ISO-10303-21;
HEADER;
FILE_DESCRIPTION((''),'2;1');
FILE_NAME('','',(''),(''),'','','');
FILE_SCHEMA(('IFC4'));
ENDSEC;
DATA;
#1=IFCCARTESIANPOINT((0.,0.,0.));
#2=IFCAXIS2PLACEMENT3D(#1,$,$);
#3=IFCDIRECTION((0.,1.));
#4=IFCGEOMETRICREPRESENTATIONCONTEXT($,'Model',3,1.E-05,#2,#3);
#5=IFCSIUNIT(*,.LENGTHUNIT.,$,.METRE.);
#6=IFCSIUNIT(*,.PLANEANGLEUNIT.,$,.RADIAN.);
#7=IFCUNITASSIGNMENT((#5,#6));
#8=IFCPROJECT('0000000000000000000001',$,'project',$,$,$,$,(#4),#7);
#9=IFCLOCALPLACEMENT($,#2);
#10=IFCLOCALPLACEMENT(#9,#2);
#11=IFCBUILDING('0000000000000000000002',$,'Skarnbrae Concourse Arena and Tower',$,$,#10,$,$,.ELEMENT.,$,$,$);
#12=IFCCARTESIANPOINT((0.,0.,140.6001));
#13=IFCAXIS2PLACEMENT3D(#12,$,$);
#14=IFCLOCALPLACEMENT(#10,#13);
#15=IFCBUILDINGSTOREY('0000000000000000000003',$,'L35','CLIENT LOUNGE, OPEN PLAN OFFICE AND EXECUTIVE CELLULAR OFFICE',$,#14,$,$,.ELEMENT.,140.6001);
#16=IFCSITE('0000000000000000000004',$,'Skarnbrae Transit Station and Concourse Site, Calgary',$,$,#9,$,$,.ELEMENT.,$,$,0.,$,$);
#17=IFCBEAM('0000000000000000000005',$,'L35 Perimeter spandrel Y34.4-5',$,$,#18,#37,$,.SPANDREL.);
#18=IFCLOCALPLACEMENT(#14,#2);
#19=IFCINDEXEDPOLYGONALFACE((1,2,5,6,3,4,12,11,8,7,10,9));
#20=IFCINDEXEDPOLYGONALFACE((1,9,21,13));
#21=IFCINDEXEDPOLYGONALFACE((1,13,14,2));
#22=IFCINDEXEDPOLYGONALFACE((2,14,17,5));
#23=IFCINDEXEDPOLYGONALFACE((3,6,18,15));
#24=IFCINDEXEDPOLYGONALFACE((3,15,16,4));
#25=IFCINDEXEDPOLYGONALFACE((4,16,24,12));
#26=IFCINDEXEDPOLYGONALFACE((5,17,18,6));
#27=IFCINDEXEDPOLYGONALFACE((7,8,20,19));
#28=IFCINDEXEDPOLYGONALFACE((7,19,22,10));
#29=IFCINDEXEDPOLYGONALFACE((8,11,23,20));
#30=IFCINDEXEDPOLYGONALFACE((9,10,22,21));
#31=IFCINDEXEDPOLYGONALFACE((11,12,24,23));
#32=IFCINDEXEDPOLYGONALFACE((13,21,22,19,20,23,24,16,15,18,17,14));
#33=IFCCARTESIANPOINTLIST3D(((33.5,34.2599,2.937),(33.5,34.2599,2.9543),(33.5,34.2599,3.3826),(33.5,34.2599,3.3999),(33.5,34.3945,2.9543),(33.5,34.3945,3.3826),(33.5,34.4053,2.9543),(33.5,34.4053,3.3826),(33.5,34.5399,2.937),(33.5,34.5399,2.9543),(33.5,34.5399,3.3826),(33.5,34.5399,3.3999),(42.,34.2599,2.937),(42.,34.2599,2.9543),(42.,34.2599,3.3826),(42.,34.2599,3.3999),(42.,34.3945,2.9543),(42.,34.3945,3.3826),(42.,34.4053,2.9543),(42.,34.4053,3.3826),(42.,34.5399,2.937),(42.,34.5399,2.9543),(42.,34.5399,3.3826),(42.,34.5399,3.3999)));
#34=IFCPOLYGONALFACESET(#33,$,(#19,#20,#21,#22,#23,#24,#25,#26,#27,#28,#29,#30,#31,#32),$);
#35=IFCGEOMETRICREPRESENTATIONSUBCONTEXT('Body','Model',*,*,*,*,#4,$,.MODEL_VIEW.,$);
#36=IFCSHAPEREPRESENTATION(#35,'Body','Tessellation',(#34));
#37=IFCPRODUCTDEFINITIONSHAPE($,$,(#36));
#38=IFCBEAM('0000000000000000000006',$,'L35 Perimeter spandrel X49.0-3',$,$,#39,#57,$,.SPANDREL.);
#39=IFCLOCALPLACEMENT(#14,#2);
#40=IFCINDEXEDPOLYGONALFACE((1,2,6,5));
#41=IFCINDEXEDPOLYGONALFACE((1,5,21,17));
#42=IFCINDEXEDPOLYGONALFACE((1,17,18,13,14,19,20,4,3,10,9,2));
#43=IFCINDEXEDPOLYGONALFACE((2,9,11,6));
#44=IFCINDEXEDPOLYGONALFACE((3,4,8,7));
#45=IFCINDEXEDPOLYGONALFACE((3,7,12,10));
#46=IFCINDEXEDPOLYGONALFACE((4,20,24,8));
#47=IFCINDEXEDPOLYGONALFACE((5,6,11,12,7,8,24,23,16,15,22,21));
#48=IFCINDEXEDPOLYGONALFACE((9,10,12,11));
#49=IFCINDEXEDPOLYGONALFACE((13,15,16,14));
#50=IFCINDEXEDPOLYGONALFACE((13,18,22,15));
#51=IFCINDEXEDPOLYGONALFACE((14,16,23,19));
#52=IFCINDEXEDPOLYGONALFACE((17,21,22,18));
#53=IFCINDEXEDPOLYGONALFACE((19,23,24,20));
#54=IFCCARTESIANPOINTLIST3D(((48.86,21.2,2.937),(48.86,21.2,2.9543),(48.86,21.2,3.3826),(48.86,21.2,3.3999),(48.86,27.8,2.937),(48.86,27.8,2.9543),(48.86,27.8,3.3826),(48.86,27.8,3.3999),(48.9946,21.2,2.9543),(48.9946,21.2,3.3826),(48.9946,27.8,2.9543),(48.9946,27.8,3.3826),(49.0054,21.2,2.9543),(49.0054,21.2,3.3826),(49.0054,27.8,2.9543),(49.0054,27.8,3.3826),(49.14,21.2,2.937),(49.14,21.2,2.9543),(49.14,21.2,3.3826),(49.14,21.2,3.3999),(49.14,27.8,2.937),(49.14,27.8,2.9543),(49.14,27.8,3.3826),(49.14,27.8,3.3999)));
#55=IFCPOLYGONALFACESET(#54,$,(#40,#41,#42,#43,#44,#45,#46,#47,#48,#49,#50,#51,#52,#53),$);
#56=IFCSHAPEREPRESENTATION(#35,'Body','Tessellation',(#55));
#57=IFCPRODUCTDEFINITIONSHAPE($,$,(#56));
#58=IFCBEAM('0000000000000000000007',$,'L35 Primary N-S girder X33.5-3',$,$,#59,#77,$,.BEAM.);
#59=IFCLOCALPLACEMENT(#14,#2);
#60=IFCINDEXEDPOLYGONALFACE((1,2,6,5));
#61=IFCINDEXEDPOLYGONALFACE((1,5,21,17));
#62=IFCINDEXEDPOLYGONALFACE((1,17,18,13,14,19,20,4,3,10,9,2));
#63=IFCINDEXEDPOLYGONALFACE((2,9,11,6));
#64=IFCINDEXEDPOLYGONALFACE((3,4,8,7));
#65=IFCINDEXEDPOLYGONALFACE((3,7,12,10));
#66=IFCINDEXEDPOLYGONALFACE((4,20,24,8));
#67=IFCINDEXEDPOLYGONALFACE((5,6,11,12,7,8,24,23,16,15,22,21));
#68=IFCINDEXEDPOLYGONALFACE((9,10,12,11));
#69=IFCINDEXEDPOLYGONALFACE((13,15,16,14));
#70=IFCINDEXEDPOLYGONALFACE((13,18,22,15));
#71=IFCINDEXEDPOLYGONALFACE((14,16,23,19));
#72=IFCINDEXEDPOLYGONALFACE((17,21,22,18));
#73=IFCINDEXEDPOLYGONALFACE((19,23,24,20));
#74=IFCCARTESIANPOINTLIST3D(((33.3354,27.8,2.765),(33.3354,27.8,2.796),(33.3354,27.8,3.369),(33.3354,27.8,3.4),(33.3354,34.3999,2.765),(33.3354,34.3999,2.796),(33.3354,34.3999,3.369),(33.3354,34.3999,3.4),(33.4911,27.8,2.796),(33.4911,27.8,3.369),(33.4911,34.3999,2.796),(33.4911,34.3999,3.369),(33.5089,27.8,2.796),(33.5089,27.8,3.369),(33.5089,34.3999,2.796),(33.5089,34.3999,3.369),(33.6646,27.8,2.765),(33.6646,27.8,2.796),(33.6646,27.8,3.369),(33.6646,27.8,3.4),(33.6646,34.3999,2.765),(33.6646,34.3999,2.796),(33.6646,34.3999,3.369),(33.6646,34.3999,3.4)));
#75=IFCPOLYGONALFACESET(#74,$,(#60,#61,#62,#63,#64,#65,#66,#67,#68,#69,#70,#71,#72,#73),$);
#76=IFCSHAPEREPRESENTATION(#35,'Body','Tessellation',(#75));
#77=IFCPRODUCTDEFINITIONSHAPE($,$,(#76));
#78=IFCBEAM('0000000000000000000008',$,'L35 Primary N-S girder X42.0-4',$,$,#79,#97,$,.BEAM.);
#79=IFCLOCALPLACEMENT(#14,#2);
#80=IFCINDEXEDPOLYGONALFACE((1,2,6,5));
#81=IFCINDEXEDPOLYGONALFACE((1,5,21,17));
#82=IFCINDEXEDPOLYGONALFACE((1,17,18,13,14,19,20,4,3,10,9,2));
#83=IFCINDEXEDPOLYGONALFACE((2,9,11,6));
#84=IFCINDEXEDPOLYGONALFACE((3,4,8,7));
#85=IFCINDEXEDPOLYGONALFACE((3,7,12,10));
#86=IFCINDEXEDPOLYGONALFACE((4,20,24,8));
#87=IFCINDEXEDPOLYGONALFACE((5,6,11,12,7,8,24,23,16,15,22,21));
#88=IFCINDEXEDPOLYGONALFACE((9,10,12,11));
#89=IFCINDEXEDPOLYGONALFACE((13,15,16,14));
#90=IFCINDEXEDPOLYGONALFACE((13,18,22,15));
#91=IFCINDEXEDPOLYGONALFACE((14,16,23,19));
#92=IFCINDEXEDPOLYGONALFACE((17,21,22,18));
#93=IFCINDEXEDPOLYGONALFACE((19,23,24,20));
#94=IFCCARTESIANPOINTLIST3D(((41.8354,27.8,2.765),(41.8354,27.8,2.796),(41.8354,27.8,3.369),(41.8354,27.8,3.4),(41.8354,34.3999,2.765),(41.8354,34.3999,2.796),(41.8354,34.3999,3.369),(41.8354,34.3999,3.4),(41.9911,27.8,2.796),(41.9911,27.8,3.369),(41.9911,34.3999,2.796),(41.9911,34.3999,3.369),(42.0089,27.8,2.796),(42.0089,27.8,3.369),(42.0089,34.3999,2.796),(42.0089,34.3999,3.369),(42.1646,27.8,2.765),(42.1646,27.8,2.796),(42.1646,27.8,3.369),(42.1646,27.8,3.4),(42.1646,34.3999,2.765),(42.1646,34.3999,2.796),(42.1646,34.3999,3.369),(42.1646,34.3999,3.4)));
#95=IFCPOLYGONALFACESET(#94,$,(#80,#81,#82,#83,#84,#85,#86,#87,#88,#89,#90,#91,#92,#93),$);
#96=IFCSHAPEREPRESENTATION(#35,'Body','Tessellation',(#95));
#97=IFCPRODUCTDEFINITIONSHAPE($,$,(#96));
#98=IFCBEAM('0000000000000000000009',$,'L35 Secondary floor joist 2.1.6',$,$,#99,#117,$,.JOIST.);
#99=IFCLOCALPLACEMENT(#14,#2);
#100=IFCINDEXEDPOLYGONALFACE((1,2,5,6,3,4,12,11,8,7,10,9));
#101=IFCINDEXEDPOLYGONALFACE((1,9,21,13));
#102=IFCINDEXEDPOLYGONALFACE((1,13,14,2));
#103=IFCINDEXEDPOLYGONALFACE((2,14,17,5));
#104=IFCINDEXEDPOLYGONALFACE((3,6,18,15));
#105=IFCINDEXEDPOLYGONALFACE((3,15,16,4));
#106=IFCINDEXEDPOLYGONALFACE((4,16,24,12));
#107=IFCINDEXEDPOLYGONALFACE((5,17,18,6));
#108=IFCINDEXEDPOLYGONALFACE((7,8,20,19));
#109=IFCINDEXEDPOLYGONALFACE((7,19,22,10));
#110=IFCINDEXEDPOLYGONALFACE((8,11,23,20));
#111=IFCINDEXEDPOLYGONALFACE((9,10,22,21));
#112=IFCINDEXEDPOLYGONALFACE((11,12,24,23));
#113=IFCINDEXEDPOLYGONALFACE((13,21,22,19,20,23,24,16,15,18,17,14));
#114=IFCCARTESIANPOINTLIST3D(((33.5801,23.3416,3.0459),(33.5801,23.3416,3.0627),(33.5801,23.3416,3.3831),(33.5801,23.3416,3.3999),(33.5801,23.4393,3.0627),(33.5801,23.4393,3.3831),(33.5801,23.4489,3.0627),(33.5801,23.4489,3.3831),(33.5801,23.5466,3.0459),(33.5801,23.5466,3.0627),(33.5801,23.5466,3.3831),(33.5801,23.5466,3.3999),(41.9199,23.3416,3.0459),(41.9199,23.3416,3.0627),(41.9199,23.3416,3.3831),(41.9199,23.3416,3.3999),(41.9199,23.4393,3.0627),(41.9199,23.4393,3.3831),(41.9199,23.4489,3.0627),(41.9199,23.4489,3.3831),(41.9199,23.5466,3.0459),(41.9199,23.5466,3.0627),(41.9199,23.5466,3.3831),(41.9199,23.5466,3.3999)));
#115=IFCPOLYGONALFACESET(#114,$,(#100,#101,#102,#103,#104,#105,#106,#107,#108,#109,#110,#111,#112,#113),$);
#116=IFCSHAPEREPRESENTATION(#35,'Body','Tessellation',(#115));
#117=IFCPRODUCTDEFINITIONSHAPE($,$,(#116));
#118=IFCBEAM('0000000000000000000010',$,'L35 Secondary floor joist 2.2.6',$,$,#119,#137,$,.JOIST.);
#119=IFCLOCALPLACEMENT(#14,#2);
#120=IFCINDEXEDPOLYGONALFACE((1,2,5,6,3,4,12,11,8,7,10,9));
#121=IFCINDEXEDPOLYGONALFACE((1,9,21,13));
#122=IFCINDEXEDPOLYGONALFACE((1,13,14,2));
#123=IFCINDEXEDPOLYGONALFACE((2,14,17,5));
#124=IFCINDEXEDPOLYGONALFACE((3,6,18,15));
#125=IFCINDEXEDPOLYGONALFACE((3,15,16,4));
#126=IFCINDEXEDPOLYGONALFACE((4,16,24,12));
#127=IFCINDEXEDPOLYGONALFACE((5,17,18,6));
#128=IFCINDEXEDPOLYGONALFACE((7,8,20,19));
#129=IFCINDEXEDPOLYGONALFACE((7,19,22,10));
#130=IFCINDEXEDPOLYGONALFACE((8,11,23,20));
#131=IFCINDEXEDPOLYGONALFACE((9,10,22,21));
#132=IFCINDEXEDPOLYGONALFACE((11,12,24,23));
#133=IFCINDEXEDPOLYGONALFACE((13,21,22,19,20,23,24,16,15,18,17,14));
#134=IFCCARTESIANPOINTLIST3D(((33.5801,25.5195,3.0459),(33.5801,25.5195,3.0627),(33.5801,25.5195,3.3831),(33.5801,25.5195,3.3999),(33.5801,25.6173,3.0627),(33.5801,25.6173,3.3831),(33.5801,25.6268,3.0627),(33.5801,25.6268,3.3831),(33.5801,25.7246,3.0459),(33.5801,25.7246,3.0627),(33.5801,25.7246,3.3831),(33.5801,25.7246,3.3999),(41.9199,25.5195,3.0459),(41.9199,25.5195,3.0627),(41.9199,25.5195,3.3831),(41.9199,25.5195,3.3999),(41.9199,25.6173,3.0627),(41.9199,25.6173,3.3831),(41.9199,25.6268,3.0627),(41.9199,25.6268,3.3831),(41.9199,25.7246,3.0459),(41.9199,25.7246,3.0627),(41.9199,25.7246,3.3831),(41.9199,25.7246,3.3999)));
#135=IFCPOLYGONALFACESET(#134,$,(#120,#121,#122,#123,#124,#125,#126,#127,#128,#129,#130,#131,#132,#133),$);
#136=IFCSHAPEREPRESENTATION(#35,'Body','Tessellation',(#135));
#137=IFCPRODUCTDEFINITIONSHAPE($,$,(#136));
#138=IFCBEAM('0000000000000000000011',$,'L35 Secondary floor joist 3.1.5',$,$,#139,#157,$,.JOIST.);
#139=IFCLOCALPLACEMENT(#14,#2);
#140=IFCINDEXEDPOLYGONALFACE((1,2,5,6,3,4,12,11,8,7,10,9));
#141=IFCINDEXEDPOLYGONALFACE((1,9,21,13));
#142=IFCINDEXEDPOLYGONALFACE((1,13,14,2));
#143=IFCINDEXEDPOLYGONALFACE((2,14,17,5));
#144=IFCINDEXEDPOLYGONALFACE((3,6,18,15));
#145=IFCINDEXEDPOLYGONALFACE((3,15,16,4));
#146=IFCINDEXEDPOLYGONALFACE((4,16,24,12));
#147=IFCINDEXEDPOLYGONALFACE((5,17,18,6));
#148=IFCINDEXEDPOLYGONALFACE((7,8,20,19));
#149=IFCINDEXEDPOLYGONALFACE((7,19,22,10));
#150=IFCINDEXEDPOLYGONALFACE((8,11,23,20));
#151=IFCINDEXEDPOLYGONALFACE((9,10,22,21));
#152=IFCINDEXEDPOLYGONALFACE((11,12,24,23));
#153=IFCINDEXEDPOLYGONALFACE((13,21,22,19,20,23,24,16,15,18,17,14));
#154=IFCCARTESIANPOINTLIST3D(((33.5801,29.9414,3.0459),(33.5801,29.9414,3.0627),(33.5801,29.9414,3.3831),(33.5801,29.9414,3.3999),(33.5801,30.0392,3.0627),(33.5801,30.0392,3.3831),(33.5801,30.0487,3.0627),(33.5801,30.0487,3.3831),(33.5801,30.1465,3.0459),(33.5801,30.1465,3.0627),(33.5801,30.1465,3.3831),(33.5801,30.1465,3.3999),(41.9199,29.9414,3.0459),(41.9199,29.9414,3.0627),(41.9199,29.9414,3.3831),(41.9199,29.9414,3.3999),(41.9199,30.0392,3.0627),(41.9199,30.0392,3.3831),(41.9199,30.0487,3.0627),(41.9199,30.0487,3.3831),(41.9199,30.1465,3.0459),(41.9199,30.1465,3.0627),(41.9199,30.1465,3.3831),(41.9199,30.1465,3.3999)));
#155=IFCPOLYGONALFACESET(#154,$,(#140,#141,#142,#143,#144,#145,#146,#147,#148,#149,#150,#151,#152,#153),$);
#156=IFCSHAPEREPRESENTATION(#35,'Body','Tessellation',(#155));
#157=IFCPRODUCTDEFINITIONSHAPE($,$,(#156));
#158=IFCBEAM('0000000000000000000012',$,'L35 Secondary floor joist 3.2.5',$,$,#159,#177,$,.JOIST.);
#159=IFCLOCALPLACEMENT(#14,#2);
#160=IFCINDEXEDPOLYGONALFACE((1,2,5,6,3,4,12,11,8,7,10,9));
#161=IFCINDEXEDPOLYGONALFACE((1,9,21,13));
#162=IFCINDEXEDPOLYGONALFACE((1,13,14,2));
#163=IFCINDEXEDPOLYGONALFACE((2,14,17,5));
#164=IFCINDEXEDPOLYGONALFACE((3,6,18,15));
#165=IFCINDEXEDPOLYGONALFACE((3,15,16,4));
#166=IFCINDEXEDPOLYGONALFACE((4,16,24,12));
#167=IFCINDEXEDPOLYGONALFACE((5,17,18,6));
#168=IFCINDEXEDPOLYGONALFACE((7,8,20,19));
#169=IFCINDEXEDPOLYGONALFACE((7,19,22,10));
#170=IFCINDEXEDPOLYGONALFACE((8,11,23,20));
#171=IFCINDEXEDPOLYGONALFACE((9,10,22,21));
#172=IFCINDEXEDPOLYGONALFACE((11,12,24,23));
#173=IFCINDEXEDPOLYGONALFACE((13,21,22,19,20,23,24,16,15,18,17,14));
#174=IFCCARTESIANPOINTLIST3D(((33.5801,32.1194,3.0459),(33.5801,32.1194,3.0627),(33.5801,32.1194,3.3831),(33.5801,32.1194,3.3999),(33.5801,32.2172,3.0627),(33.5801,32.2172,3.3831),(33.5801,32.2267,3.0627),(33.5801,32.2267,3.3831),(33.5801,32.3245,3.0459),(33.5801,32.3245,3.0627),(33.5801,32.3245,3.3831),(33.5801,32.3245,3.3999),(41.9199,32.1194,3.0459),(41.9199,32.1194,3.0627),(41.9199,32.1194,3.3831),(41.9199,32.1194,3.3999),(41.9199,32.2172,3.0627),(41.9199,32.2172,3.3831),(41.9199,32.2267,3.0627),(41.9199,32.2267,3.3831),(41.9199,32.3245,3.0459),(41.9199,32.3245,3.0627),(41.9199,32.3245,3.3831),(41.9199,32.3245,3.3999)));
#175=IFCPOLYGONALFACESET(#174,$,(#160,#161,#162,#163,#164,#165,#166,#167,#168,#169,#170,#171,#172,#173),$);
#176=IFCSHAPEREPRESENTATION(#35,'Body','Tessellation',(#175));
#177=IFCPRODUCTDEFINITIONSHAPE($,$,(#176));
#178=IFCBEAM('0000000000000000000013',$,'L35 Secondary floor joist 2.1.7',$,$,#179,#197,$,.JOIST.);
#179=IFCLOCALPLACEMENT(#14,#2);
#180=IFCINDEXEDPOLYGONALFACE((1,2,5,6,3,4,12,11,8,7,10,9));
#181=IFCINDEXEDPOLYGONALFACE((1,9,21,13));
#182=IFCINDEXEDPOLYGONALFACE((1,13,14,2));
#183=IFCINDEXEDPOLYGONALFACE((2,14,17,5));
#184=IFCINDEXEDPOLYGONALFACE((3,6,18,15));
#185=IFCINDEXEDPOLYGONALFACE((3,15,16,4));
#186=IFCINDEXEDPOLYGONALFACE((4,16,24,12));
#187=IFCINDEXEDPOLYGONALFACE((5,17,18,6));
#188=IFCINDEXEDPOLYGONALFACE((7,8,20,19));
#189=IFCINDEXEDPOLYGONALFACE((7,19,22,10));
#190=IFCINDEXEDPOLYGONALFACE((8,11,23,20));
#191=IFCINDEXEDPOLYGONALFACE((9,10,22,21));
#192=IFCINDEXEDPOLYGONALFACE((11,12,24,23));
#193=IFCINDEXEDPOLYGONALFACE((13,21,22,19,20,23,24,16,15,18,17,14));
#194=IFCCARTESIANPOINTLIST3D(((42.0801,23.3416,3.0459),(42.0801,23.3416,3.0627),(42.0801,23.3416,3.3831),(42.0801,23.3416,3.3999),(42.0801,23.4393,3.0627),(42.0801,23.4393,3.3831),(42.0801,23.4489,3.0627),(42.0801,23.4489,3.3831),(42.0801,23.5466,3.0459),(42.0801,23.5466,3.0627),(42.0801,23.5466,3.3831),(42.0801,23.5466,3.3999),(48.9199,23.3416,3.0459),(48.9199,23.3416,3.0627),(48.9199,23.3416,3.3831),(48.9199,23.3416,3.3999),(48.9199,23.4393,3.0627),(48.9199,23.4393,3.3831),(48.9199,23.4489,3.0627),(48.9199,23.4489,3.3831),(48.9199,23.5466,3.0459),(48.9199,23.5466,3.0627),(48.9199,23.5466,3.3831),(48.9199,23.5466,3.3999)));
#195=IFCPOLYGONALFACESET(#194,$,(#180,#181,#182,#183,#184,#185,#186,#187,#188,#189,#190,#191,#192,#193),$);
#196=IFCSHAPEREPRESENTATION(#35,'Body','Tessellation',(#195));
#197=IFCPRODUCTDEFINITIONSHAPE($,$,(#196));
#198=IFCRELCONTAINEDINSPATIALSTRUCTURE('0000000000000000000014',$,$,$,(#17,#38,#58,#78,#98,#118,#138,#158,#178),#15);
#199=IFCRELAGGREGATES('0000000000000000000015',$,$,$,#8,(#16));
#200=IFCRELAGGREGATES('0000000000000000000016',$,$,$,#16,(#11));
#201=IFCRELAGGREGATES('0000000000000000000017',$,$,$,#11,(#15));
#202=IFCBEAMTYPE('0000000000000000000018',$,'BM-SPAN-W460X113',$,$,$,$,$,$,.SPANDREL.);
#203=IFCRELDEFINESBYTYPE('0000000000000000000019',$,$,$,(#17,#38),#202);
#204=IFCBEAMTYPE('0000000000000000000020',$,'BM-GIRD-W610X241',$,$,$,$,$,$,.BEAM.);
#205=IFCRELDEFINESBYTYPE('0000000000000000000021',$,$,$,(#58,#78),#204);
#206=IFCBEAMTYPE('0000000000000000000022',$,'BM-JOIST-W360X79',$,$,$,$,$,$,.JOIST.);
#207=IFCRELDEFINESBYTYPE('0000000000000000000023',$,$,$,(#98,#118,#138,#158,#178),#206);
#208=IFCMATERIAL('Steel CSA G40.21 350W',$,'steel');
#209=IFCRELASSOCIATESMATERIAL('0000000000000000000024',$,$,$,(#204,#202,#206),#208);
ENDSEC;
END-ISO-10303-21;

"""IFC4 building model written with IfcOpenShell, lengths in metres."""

from ifc_helpers import new_model, si_unit, direction, frame, origin, origin_2d, place, context, subcontext, project, spatial, i_section, extrude, source, transform, mapped, material, material_profile, profile_set, type_object, element, save


model = new_model("IFC4")

# Units and contexts
model_context = context("Model", 3, precision=1e-05, world=origin(), true_north=direction((0.0, 1.0)))
body_context = subcontext(model_context, "Body", "Model", "MODEL_VIEW")
ifc_project = project(units=[si_unit("LENGTHUNIT", "METRE"), si_unit("PLANEANGLEUNIT", "RADIAN")], contexts=[model_context])

# Site, building, storey
site_placement = place(None, origin())
site = spatial("IfcSite", under=ifc_project, at=site_placement, Name="Skarnbrae Transit Station and Concourse Site, Calgary", CompositionType="ELEMENT", RefElevation=0.0)
building_placement = place(site_placement, origin())
building = spatial("IfcBuilding", under=site, at=building_placement, Name="Skarnbrae Concourse Arena and Tower", CompositionType="ELEMENT")
storey_placement = place(building_placement, frame((0.0, 0.0, 140.6001)))
storey = spatial("IfcBuildingStorey", under=building, at=storey_placement, Name="L35", Description="CLIENT LOUNGE, OPEN PLAN OFFICE AND EXECUTIVE CELLULAR OFFICE", CompositionType="ELEMENT", Elevation=140.6001)

# Shared definitions
ifc_material_1 = material(Name="Steel CSA G40.21 350W", Category="steel")

# Beams
ifc_material_profile_1 = material_profile(ifc_material_1, i_section(OverallWidth=0.3291, OverallDepth=0.635, WebThickness=0.0178, FlangeThickness=0.031, at=origin_2d()), Name="W610X241")
ifc_profile_set_1 = profile_set([ifc_material_profile_1], Name="Steel CSA G40.21 350W")
beam_type_1 = type_object("IfcBeamType", Name="BM-GIRD-W610X241", PredefinedType="BEAM", material=ifc_profile_set_1)
ifc_material_profile_2 = material_profile(ifc_material_1, i_section(OverallWidth=0.28, OverallDepth=0.4629, WebThickness=0.0107, FlangeThickness=0.0173, at=origin_2d()), Name="W460X113")
ifc_profile_set_2 = profile_set([ifc_material_profile_2], Name="Steel CSA G40.21 350W")
beam_type_2 = type_object("IfcBeamType", Name="BM-SPAN-W460X113", PredefinedType="SPANDREL", material=ifc_profile_set_2)
shared_shape_1 = source(origin(), body_context, "Body", "SweptSolid", [
    extrude(i_section(OverallWidth=0.28, OverallDepth=0.4629, WebThickness=0.0107, FlangeThickness=0.0173, at=origin_2d()), origin(), (0.0, 0.0, 1.0), 8.5),
])
beam_1_placement = place(storey_placement, frame((33.5, 34.3999, 3.1685), z_axis=(1.0, 0.0, 0.0), x_axis=(0.0, 1.0, 0.0)))
element("IfcBeam", 1, at=beam_1_placement, inside=storey, type_object=beam_type_2, Name="L35 Perimeter spandrel Y34.4-5", PredefinedType="SPANDREL", context=body_context, shape_type="MappedRepresentation", body=[
    mapped(shared_shape_1, transform((0.0, 0.0, 0.0))),
])
shared_shape_2 = source(origin(), body_context, "Body", "SweptSolid", [
    extrude(i_section(OverallWidth=0.28, OverallDepth=0.4629, WebThickness=0.0107, FlangeThickness=0.0173, at=origin_2d()), origin(), (0.0, 0.0, 1.0), 6.6001),
])
beam_2_placement = place(storey_placement, frame((49.0, 21.2, 3.1685), z_axis=(0.0, 1.0, 0.0), x_axis=(-1.0, 0.0, 0.0)))
element("IfcBeam", 2, at=beam_2_placement, inside=storey, type_object=beam_type_2, Name="L35 Perimeter spandrel X49.0-3", PredefinedType="SPANDREL", context=body_context, shape_type="MappedRepresentation", body=[
    mapped(shared_shape_2, transform((0.0, 0.0, 0.0))),
])
shared_shape_3 = source(origin(), body_context, "Body", "SweptSolid", [
    extrude(i_section(OverallWidth=0.3291, OverallDepth=0.635, WebThickness=0.0178, FlangeThickness=0.031, at=origin_2d()), origin(), (0.0, 0.0, 1.0), 6.5999),
])
for number, where, z_axis, x_axis, name in (
    (3, (33.5, 27.8, 3.0825), (0.0, 1.0, 0.0), (-1.0, 0.0, 0.0), "L35 Primary N-S girder X33.5-3"),
    (4, (42.0, 27.8, 3.0825), (0.0, 1.0, 0.0), (-1.0, 0.0, 0.0), "L35 Primary N-S girder X42.0-4"),
):
    element("IfcBeam", number, at=place(storey_placement, frame(where, z_axis=z_axis, x_axis=x_axis)), inside=storey, type_object=beam_type_1, Name=name, PredefinedType="BEAM", context=body_context, shape_type="MappedRepresentation", body=[
        mapped(shared_shape_3, transform((0.0, 0.0, 0.0))),
    ])
ifc_material_profile_3 = material_profile(ifc_material_1, i_section(OverallWidth=0.2051, OverallDepth=0.354, WebThickness=0.0095, FlangeThickness=0.0168, at=origin_2d()), Name="W360X79")
ifc_profile_set_3 = profile_set([ifc_material_profile_3], Name="Steel CSA G40.21 350W")
beam_type_3 = type_object("IfcBeamType", Name="BM-JOIST-W360X79", PredefinedType="JOIST", material=ifc_profile_set_3)
shared_shape_4 = source(origin(), body_context, "Body", "SweptSolid", [
    extrude(i_section(OverallWidth=0.2051, OverallDepth=0.354, WebThickness=0.0095, FlangeThickness=0.0168, at=origin_2d()), origin(), (0.0, 0.0, 1.0), 8.3398),
])
for number, where, z_axis, x_axis, name in (
    (5, (33.5801, 23.4441, 3.2229), (1.0, 0.0, 0.0), (0.0, 1.0, 0.0), "L35 Secondary floor joist 2.1.6"),
    (6, (33.5801, 25.6221, 3.2229), (1.0, 0.0, 0.0), (0.0, 1.0, 0.0), "L35 Secondary floor joist 2.2.6"),
    (7, (33.5801, 30.0439, 3.2229), (1.0, 0.0, 0.0), (0.0, 1.0, 0.0), "L35 Secondary floor joist 3.1.5"),
    (8, (33.5801, 32.2219, 3.2229), (1.0, 0.0, 0.0), (0.0, 1.0, 0.0), "L35 Secondary floor joist 3.2.5"),
):
    element("IfcBeam", number, at=place(storey_placement, frame(where, z_axis=z_axis, x_axis=x_axis)), inside=storey, type_object=beam_type_3, Name=name, PredefinedType="JOIST", context=body_context, shape_type="MappedRepresentation", body=[
        mapped(shared_shape_4, transform((0.0, 0.0, 0.0))),
    ])
shared_shape_5 = source(origin(), body_context, "Body", "SweptSolid", [
    extrude(i_section(OverallWidth=0.2051, OverallDepth=0.354, WebThickness=0.0095, FlangeThickness=0.0168, at=origin_2d()), origin(), (0.0, 0.0, 1.0), 6.8398),
])
for number, where, z_axis, x_axis, name in (
    (9, (42.0801, 23.4441, 3.2229), (1.0, 0.0, 0.0), (0.0, 1.0, 0.0), "L35 Secondary floor joist 2.1.7"),
):
    element("IfcBeam", number, at=place(storey_placement, frame(where, z_axis=z_axis, x_axis=x_axis)), inside=storey, type_object=beam_type_3, Name=name, PredefinedType="JOIST", context=body_context, shape_type="MappedRepresentation", body=[
        mapped(shared_shape_5, transform((0.0, 0.0, 0.0))),
    ])

save(model, "model.ifc")
